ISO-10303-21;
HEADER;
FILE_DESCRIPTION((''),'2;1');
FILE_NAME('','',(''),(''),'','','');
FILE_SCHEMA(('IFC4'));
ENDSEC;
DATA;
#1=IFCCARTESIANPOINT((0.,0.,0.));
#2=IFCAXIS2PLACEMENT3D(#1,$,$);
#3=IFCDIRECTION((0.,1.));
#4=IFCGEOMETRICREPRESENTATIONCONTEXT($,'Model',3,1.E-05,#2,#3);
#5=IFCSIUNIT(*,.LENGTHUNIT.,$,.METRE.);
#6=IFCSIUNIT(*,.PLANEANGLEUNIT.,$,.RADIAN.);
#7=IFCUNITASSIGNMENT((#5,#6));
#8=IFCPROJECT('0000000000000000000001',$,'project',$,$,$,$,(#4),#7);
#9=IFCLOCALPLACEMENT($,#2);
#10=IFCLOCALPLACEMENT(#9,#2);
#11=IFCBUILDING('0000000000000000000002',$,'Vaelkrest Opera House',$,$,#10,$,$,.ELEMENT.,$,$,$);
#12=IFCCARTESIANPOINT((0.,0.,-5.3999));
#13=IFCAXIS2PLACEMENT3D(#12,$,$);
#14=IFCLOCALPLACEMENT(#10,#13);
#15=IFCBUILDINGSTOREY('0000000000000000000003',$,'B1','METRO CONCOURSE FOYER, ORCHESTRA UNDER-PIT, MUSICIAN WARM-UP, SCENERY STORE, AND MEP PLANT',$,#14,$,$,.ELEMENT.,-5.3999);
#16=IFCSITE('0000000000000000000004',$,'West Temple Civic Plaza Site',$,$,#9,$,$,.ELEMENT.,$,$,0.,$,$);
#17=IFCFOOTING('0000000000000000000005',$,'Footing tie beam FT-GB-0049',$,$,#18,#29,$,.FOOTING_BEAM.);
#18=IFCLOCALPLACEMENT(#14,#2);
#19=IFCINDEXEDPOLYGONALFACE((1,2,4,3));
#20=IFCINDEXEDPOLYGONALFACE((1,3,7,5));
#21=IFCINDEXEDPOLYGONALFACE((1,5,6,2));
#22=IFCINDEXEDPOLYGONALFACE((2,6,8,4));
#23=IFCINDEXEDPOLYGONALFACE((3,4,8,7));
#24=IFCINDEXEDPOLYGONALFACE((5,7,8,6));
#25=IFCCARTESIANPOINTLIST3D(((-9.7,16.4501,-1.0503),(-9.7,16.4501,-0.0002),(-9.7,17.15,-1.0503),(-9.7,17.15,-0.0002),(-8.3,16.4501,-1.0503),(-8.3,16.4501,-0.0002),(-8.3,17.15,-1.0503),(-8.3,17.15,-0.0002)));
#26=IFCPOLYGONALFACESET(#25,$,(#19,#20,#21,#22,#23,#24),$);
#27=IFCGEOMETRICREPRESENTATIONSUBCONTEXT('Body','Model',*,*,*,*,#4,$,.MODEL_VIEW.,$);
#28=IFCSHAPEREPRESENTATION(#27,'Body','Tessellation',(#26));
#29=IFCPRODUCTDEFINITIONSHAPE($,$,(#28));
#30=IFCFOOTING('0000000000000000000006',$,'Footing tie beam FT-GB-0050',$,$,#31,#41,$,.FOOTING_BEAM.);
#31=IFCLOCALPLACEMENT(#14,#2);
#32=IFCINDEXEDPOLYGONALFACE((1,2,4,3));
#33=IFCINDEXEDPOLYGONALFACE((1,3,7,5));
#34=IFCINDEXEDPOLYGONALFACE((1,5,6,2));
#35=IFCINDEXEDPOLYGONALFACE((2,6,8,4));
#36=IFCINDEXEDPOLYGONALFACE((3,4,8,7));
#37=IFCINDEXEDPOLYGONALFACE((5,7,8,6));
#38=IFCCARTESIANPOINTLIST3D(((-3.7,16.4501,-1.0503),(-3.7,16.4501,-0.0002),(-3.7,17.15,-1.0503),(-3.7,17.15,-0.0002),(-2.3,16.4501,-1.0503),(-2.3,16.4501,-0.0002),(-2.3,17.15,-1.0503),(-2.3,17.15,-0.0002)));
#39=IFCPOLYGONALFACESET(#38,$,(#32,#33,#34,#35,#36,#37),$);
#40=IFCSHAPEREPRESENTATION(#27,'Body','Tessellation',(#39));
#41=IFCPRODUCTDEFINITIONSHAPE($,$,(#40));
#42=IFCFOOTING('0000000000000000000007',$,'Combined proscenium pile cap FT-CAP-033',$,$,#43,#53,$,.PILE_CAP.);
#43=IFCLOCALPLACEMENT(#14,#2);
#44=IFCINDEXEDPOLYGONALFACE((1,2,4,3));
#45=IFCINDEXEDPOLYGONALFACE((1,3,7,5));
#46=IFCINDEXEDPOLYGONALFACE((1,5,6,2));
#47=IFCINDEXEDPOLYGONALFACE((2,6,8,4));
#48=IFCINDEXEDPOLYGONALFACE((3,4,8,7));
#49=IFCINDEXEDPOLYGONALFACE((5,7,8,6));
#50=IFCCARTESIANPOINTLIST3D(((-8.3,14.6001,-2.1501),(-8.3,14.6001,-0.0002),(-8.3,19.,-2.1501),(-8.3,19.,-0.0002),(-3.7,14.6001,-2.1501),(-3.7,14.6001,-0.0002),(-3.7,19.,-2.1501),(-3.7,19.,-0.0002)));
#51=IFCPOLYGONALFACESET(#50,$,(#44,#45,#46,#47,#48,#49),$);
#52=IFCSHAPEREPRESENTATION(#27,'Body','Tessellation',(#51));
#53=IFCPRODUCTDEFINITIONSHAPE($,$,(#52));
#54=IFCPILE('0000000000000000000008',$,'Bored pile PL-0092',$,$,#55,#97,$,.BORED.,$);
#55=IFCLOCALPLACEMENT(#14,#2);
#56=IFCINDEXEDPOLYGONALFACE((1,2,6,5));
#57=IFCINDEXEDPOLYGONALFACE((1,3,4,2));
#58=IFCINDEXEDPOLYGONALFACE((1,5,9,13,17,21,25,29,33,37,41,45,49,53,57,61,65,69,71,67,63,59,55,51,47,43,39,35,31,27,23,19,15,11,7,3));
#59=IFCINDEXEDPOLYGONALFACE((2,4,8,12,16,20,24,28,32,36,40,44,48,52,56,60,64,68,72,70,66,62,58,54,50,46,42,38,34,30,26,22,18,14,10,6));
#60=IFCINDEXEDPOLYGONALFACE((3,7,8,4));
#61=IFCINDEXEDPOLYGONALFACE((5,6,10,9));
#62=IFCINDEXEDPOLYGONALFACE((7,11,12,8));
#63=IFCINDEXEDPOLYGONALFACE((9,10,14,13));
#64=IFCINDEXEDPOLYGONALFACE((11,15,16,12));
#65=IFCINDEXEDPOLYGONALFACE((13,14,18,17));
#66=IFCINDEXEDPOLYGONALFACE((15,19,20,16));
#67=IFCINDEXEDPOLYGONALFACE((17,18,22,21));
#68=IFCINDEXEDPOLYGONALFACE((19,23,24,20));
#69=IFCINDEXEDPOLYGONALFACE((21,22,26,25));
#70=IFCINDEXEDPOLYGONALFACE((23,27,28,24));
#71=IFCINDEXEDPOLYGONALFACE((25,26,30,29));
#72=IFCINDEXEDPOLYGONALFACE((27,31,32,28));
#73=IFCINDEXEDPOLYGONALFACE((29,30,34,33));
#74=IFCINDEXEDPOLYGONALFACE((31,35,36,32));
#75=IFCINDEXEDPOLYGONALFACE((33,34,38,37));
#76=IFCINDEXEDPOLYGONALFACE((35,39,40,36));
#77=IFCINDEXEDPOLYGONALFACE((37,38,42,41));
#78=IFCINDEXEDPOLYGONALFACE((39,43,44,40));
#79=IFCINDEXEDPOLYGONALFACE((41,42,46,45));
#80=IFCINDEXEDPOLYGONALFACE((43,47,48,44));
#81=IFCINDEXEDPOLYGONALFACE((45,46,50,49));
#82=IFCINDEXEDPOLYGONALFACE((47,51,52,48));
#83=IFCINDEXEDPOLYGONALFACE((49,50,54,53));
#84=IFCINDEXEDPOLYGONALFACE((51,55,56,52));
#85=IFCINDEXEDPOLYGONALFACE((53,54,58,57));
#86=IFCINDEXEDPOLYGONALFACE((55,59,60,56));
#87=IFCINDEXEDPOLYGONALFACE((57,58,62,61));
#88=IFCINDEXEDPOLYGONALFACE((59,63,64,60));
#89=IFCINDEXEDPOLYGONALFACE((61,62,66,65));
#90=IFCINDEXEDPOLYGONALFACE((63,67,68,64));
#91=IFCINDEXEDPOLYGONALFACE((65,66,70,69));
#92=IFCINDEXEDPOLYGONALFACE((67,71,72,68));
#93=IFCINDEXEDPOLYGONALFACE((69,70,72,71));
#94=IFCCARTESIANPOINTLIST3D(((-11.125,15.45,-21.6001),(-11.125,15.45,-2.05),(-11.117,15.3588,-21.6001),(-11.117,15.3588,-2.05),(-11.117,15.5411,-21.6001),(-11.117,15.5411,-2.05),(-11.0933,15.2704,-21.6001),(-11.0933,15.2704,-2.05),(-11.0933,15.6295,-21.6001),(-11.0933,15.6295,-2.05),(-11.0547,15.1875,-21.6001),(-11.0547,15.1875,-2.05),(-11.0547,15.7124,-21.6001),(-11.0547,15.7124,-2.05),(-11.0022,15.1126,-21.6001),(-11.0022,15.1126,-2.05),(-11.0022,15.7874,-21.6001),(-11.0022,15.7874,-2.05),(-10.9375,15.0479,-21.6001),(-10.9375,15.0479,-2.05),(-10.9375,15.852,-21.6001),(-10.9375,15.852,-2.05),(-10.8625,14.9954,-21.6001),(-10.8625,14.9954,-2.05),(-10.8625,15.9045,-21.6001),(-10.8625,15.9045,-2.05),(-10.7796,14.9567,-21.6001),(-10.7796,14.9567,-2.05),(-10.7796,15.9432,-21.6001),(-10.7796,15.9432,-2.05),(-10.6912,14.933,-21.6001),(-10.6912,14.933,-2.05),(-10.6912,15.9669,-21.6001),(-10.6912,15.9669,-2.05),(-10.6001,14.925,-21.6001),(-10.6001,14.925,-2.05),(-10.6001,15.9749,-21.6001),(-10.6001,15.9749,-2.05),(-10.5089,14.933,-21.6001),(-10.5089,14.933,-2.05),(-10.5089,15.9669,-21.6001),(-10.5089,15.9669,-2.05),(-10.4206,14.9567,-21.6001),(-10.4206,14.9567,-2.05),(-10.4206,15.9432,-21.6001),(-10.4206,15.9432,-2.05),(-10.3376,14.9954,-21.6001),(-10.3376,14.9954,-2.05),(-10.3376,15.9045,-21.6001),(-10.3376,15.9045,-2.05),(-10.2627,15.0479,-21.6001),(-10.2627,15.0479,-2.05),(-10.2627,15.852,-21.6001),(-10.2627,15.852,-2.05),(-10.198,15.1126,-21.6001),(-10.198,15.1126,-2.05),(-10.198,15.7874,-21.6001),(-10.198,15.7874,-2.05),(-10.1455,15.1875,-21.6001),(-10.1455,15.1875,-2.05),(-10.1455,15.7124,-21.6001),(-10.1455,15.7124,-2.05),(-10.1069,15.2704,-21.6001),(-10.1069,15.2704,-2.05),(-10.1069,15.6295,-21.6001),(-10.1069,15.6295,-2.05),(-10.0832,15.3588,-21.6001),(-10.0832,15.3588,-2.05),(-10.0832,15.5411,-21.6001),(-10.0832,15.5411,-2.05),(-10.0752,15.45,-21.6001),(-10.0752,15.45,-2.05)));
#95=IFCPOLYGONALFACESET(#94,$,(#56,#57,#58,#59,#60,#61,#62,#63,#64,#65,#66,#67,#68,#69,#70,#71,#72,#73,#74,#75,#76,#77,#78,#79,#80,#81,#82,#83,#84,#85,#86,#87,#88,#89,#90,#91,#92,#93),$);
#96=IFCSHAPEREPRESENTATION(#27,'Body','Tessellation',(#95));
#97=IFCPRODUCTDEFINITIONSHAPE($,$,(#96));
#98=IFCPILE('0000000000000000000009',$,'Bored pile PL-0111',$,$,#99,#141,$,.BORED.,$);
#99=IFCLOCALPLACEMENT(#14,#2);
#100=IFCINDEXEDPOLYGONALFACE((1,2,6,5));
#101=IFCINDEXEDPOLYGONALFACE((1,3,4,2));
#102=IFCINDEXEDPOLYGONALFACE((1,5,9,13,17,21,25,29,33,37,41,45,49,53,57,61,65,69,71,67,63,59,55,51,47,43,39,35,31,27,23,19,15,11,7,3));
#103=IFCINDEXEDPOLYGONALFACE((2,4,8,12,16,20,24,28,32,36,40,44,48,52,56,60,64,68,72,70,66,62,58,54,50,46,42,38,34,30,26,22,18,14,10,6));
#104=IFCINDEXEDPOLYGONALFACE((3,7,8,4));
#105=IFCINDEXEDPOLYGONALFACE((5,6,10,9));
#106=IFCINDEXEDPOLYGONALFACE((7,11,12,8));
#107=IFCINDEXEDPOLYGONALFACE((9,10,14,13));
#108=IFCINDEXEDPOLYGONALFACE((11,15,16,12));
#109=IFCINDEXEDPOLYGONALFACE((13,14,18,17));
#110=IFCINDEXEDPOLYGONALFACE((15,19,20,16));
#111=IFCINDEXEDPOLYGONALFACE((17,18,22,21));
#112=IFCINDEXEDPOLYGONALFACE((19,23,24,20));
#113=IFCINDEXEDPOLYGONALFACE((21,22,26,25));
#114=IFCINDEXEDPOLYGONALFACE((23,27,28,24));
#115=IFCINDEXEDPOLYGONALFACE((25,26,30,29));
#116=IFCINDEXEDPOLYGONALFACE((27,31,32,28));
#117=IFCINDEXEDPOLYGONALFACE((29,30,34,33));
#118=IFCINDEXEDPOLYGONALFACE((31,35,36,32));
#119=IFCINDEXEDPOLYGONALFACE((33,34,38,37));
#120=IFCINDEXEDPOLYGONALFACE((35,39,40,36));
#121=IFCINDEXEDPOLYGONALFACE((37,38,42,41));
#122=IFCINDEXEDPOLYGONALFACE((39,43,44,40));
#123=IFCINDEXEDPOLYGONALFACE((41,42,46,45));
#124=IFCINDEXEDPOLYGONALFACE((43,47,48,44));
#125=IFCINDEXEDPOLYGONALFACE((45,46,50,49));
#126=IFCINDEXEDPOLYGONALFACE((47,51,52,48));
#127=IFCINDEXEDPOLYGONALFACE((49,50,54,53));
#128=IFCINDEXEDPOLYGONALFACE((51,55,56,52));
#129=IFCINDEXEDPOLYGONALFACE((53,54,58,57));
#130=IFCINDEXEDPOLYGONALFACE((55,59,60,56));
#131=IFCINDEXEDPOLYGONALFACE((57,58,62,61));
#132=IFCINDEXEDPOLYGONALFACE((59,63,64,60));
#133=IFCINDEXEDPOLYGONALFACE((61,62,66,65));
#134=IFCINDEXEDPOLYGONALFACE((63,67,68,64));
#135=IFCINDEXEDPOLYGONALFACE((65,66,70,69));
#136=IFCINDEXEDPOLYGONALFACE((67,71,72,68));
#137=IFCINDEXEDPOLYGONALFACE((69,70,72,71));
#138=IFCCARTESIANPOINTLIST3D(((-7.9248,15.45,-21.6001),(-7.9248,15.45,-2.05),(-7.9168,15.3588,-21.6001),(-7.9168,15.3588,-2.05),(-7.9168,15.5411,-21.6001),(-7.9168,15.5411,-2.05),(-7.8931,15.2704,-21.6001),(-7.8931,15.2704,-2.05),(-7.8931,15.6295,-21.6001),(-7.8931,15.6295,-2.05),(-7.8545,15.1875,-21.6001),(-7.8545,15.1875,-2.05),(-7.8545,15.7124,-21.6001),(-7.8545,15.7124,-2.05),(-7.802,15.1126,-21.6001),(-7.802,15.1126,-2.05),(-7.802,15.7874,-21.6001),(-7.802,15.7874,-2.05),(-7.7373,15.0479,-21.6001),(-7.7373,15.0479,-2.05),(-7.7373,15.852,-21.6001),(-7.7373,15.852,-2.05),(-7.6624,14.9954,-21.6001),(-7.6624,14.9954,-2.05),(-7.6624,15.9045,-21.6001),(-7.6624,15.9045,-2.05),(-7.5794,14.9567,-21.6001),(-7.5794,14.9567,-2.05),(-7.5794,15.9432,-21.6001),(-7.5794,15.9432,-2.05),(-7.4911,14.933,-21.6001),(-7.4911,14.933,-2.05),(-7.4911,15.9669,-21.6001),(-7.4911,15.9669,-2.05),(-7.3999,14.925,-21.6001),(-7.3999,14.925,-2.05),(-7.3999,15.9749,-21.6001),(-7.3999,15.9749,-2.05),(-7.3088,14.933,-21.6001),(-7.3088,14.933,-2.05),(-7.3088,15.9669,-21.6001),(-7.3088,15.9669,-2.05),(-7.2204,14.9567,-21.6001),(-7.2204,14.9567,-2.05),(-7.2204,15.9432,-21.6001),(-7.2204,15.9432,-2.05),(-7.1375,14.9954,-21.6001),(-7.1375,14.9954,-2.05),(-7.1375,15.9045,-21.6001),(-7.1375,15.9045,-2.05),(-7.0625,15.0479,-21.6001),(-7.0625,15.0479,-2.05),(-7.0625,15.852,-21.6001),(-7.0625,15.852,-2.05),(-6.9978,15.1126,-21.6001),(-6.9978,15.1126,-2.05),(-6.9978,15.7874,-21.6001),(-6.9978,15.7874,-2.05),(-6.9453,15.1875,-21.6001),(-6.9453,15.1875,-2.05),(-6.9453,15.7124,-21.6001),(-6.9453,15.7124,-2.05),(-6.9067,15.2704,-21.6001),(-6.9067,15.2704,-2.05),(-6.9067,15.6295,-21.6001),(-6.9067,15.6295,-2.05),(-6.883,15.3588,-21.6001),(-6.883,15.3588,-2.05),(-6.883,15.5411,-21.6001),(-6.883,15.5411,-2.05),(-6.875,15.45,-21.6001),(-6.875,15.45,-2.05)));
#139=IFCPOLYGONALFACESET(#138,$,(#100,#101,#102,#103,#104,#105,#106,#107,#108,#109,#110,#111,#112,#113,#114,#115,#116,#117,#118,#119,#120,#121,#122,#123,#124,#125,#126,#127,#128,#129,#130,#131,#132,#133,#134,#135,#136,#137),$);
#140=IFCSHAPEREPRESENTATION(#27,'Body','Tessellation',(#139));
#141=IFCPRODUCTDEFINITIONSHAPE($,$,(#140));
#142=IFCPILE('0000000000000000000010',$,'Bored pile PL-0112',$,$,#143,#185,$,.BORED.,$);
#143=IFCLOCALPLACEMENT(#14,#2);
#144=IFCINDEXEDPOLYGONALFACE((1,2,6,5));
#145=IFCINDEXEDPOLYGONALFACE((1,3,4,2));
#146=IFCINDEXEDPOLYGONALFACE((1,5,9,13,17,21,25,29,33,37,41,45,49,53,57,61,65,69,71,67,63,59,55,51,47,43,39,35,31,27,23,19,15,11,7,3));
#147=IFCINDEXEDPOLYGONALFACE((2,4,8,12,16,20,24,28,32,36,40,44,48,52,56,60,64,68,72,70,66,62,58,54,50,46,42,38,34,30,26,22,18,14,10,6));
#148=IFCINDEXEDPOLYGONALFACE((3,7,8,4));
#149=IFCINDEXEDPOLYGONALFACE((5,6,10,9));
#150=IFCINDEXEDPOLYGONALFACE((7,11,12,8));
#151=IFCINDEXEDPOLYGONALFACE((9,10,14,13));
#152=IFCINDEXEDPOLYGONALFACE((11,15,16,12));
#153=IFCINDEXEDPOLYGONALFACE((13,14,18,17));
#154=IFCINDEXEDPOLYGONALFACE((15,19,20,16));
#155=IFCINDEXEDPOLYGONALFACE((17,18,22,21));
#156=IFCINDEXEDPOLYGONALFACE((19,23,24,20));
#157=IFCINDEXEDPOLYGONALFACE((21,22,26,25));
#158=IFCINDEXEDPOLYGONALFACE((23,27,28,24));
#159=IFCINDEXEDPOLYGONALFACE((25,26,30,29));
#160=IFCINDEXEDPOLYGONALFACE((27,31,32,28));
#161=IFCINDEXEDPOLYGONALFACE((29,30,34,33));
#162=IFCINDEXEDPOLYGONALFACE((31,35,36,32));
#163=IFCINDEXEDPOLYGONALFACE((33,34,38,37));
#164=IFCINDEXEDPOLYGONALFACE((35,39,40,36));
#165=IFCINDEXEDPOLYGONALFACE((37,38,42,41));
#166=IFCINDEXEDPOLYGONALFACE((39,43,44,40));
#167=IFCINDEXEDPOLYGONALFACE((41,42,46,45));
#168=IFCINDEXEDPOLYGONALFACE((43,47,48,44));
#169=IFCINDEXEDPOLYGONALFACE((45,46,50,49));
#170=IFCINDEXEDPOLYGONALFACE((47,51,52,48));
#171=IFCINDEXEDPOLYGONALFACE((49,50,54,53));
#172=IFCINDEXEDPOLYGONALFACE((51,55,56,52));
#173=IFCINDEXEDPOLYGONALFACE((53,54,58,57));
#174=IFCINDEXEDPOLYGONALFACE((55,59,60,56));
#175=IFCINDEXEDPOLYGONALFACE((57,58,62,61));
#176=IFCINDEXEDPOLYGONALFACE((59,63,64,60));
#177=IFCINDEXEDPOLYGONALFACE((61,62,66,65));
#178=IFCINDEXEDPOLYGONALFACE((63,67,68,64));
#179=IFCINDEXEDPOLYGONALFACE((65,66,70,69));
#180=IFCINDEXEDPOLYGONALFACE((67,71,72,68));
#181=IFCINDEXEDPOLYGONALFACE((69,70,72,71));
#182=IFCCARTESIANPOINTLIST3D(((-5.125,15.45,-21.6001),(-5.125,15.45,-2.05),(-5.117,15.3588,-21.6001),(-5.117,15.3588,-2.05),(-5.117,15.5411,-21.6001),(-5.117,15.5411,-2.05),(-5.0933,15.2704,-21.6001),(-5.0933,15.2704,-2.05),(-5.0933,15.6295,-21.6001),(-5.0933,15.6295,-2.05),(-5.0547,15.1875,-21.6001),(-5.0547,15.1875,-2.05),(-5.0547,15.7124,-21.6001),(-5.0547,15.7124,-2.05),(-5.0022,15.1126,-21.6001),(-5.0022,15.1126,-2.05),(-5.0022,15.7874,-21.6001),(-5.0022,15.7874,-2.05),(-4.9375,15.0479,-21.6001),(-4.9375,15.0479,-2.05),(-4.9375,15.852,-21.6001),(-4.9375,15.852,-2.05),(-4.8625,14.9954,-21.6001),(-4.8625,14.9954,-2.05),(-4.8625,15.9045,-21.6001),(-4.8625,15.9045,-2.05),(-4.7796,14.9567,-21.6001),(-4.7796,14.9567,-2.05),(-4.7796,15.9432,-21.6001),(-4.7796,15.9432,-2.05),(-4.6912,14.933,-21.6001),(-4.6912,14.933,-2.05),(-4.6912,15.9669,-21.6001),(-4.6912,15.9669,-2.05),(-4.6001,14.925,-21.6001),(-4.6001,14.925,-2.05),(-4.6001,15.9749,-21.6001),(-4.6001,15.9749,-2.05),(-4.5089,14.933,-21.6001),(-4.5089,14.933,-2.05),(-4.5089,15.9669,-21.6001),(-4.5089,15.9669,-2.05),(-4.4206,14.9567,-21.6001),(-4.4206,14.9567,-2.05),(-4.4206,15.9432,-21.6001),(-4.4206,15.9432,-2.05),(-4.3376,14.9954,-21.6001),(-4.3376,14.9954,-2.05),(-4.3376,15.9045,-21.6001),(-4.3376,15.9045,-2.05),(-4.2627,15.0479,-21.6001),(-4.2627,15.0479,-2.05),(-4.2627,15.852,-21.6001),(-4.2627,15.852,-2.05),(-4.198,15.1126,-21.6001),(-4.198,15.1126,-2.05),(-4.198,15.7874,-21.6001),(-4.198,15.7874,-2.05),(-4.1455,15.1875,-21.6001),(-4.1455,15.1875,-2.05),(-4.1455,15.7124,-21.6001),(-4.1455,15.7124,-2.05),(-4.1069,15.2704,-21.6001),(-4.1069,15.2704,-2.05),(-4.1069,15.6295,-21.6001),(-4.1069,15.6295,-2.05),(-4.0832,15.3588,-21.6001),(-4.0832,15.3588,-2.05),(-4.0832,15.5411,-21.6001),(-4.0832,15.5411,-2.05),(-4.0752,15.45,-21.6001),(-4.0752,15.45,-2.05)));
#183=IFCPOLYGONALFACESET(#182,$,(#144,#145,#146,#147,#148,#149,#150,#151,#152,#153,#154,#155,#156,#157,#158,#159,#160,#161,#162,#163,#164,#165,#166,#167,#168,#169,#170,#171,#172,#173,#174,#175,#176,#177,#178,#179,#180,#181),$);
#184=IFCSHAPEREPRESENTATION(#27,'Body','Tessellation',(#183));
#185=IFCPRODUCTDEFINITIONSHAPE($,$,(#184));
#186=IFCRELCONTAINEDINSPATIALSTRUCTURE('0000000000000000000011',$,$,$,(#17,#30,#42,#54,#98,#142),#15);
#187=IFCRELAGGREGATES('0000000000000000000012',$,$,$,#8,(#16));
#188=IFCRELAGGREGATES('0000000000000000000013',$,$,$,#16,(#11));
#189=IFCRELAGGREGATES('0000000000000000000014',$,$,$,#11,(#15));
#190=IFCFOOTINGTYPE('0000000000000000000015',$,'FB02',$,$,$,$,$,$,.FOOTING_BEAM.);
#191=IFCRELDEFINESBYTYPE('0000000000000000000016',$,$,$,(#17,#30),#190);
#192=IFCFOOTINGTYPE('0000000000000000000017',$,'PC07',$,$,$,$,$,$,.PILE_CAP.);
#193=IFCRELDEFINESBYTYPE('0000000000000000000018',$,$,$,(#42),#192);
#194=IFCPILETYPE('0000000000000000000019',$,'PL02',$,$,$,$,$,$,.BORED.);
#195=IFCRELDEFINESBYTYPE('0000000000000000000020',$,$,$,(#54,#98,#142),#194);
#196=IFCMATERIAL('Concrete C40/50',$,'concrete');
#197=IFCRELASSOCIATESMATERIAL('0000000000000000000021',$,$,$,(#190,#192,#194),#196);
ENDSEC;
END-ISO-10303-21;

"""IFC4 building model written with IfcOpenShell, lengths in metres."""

from ifc_helpers import new_model, si_unit, direction, frame, origin, origin_2d, place, context, subcontext, project, spatial, rectangle, circle, extrude, material, material_profile, profile_set, type_object, element, save


model = new_model("IFC4")

# Units and contexts
model_context = context("Model", 3, precision=1e-05, world=origin(), true_north=direction((0.0, 1.0)))
body_context = subcontext(model_context, "Body", "Model", "MODEL_VIEW")
ifc_project = project(units=[si_unit("LENGTHUNIT", "METRE"), si_unit("PLANEANGLEUNIT", "RADIAN")], contexts=[model_context])

# Site, building, storey
site_placement = place(None, origin())
site = spatial("IfcSite", under=ifc_project, at=site_placement, Name="West Temple Civic Plaza Site", CompositionType="ELEMENT", RefElevation=0.0)
building_placement = place(site_placement, origin())
building = spatial("IfcBuilding", under=site, at=building_placement, Name="Vaelkrest Opera House", CompositionType="ELEMENT")
storey_placement = place(building_placement, frame((0.0, 0.0, -5.3999)))
storey = spatial("IfcBuildingStorey", under=building, at=storey_placement, Name="B1", Description="METRO CONCOURSE FOYER, ORCHESTRA UNDER-PIT, MUSICIAN WARM-UP, SCENERY STORE, AND MEP PLANT", CompositionType="ELEMENT", Elevation=-5.3999)

# Footings
ifc_material_1 = material(Name="Concrete C40/50", Category="concrete")
footing_type_1 = type_object("IfcFootingType", Name="FB02", PredefinedType="FOOTING_BEAM", material=ifc_material_1)
for number, where, z_axis, x_axis, name in (
    (1, (-9.0, 16.8, -1.0503), (0.0, 0.0, 1.0), (1.0, 0.0, 0.0), "Footing tie beam FT-GB-0049"),
    (2, (-3.0, 16.8, -1.0503), (0.0, 0.0, 1.0), (1.0, 0.0, 0.0), "Footing tie beam FT-GB-0050"),
):
    element("IfcFooting", number, at=place(storey_placement, frame(where, z_axis=z_axis, x_axis=x_axis)), inside=storey, type_object=footing_type_1, Name=name, PredefinedType="FOOTING_BEAM", context=body_context, shape_type="SweptSolid", body=[
        extrude(rectangle(XDim=1.3999, YDim=0.7, at=origin_2d()), origin(), (0.0, 0.0, 1.0), 1.05),
    ])
footing_type_2 = type_object("IfcFootingType", Name="PC07", PredefinedType="PILE_CAP", material=ifc_material_1)
footing_placement = place(storey_placement, frame((-6.0, 16.8, -2.1501), z_axis=(0.0, 0.0, 1.0), x_axis=(1.0, 0.0, 0.0)))
element("IfcFooting", 3, at=footing_placement, inside=storey, type_object=footing_type_2, Name="Combined proscenium pile cap FT-CAP-033", PredefinedType="PILE_CAP", context=body_context, shape_type="SweptSolid", body=[
    extrude(rectangle(XDim=4.6001, YDim=4.3999, at=origin_2d()), origin(), (0.0, 0.0, 1.0), 2.1499),
])

# Piles
ifc_material_profile_1 = material_profile(ifc_material_1, circle(Radius=0.5249, at=origin_2d()), Name="PILE1050")
ifc_profile_set_1 = profile_set([ifc_material_profile_1], Name="Concrete C40/50")
pile_type = type_object("IfcPileType", Name="PL02", PredefinedType="BORED", material=ifc_profile_set_1)
for number, where, z_axis, x_axis, name in (
    (4, (-10.6001, 15.45, -2.05), (0.0, 0.0, -1.0), (1.0, 0.0, 0.0), "Bored pile PL-0092"),
    (5, (-7.3999, 15.45, -2.05), (0.0, 0.0, -1.0), (1.0, 0.0, 0.0), "Bored pile PL-0111"),
    (6, (-4.6001, 15.45, -2.05), (0.0, 0.0, -1.0), (1.0, 0.0, 0.0), "Bored pile PL-0112"),
):
    element("IfcPile", number, at=place(storey_placement, frame(where, z_axis=z_axis, x_axis=x_axis)), inside=storey, type_object=pile_type, Name=name, PredefinedType="BORED", context=body_context, shape_type="SweptSolid", body=[
        extrude(circle(Radius=0.5249, at=origin_2d()), origin(), (0.0, 0.0, 1.0), 19.55),
    ])

save(model, "model.ifc")
